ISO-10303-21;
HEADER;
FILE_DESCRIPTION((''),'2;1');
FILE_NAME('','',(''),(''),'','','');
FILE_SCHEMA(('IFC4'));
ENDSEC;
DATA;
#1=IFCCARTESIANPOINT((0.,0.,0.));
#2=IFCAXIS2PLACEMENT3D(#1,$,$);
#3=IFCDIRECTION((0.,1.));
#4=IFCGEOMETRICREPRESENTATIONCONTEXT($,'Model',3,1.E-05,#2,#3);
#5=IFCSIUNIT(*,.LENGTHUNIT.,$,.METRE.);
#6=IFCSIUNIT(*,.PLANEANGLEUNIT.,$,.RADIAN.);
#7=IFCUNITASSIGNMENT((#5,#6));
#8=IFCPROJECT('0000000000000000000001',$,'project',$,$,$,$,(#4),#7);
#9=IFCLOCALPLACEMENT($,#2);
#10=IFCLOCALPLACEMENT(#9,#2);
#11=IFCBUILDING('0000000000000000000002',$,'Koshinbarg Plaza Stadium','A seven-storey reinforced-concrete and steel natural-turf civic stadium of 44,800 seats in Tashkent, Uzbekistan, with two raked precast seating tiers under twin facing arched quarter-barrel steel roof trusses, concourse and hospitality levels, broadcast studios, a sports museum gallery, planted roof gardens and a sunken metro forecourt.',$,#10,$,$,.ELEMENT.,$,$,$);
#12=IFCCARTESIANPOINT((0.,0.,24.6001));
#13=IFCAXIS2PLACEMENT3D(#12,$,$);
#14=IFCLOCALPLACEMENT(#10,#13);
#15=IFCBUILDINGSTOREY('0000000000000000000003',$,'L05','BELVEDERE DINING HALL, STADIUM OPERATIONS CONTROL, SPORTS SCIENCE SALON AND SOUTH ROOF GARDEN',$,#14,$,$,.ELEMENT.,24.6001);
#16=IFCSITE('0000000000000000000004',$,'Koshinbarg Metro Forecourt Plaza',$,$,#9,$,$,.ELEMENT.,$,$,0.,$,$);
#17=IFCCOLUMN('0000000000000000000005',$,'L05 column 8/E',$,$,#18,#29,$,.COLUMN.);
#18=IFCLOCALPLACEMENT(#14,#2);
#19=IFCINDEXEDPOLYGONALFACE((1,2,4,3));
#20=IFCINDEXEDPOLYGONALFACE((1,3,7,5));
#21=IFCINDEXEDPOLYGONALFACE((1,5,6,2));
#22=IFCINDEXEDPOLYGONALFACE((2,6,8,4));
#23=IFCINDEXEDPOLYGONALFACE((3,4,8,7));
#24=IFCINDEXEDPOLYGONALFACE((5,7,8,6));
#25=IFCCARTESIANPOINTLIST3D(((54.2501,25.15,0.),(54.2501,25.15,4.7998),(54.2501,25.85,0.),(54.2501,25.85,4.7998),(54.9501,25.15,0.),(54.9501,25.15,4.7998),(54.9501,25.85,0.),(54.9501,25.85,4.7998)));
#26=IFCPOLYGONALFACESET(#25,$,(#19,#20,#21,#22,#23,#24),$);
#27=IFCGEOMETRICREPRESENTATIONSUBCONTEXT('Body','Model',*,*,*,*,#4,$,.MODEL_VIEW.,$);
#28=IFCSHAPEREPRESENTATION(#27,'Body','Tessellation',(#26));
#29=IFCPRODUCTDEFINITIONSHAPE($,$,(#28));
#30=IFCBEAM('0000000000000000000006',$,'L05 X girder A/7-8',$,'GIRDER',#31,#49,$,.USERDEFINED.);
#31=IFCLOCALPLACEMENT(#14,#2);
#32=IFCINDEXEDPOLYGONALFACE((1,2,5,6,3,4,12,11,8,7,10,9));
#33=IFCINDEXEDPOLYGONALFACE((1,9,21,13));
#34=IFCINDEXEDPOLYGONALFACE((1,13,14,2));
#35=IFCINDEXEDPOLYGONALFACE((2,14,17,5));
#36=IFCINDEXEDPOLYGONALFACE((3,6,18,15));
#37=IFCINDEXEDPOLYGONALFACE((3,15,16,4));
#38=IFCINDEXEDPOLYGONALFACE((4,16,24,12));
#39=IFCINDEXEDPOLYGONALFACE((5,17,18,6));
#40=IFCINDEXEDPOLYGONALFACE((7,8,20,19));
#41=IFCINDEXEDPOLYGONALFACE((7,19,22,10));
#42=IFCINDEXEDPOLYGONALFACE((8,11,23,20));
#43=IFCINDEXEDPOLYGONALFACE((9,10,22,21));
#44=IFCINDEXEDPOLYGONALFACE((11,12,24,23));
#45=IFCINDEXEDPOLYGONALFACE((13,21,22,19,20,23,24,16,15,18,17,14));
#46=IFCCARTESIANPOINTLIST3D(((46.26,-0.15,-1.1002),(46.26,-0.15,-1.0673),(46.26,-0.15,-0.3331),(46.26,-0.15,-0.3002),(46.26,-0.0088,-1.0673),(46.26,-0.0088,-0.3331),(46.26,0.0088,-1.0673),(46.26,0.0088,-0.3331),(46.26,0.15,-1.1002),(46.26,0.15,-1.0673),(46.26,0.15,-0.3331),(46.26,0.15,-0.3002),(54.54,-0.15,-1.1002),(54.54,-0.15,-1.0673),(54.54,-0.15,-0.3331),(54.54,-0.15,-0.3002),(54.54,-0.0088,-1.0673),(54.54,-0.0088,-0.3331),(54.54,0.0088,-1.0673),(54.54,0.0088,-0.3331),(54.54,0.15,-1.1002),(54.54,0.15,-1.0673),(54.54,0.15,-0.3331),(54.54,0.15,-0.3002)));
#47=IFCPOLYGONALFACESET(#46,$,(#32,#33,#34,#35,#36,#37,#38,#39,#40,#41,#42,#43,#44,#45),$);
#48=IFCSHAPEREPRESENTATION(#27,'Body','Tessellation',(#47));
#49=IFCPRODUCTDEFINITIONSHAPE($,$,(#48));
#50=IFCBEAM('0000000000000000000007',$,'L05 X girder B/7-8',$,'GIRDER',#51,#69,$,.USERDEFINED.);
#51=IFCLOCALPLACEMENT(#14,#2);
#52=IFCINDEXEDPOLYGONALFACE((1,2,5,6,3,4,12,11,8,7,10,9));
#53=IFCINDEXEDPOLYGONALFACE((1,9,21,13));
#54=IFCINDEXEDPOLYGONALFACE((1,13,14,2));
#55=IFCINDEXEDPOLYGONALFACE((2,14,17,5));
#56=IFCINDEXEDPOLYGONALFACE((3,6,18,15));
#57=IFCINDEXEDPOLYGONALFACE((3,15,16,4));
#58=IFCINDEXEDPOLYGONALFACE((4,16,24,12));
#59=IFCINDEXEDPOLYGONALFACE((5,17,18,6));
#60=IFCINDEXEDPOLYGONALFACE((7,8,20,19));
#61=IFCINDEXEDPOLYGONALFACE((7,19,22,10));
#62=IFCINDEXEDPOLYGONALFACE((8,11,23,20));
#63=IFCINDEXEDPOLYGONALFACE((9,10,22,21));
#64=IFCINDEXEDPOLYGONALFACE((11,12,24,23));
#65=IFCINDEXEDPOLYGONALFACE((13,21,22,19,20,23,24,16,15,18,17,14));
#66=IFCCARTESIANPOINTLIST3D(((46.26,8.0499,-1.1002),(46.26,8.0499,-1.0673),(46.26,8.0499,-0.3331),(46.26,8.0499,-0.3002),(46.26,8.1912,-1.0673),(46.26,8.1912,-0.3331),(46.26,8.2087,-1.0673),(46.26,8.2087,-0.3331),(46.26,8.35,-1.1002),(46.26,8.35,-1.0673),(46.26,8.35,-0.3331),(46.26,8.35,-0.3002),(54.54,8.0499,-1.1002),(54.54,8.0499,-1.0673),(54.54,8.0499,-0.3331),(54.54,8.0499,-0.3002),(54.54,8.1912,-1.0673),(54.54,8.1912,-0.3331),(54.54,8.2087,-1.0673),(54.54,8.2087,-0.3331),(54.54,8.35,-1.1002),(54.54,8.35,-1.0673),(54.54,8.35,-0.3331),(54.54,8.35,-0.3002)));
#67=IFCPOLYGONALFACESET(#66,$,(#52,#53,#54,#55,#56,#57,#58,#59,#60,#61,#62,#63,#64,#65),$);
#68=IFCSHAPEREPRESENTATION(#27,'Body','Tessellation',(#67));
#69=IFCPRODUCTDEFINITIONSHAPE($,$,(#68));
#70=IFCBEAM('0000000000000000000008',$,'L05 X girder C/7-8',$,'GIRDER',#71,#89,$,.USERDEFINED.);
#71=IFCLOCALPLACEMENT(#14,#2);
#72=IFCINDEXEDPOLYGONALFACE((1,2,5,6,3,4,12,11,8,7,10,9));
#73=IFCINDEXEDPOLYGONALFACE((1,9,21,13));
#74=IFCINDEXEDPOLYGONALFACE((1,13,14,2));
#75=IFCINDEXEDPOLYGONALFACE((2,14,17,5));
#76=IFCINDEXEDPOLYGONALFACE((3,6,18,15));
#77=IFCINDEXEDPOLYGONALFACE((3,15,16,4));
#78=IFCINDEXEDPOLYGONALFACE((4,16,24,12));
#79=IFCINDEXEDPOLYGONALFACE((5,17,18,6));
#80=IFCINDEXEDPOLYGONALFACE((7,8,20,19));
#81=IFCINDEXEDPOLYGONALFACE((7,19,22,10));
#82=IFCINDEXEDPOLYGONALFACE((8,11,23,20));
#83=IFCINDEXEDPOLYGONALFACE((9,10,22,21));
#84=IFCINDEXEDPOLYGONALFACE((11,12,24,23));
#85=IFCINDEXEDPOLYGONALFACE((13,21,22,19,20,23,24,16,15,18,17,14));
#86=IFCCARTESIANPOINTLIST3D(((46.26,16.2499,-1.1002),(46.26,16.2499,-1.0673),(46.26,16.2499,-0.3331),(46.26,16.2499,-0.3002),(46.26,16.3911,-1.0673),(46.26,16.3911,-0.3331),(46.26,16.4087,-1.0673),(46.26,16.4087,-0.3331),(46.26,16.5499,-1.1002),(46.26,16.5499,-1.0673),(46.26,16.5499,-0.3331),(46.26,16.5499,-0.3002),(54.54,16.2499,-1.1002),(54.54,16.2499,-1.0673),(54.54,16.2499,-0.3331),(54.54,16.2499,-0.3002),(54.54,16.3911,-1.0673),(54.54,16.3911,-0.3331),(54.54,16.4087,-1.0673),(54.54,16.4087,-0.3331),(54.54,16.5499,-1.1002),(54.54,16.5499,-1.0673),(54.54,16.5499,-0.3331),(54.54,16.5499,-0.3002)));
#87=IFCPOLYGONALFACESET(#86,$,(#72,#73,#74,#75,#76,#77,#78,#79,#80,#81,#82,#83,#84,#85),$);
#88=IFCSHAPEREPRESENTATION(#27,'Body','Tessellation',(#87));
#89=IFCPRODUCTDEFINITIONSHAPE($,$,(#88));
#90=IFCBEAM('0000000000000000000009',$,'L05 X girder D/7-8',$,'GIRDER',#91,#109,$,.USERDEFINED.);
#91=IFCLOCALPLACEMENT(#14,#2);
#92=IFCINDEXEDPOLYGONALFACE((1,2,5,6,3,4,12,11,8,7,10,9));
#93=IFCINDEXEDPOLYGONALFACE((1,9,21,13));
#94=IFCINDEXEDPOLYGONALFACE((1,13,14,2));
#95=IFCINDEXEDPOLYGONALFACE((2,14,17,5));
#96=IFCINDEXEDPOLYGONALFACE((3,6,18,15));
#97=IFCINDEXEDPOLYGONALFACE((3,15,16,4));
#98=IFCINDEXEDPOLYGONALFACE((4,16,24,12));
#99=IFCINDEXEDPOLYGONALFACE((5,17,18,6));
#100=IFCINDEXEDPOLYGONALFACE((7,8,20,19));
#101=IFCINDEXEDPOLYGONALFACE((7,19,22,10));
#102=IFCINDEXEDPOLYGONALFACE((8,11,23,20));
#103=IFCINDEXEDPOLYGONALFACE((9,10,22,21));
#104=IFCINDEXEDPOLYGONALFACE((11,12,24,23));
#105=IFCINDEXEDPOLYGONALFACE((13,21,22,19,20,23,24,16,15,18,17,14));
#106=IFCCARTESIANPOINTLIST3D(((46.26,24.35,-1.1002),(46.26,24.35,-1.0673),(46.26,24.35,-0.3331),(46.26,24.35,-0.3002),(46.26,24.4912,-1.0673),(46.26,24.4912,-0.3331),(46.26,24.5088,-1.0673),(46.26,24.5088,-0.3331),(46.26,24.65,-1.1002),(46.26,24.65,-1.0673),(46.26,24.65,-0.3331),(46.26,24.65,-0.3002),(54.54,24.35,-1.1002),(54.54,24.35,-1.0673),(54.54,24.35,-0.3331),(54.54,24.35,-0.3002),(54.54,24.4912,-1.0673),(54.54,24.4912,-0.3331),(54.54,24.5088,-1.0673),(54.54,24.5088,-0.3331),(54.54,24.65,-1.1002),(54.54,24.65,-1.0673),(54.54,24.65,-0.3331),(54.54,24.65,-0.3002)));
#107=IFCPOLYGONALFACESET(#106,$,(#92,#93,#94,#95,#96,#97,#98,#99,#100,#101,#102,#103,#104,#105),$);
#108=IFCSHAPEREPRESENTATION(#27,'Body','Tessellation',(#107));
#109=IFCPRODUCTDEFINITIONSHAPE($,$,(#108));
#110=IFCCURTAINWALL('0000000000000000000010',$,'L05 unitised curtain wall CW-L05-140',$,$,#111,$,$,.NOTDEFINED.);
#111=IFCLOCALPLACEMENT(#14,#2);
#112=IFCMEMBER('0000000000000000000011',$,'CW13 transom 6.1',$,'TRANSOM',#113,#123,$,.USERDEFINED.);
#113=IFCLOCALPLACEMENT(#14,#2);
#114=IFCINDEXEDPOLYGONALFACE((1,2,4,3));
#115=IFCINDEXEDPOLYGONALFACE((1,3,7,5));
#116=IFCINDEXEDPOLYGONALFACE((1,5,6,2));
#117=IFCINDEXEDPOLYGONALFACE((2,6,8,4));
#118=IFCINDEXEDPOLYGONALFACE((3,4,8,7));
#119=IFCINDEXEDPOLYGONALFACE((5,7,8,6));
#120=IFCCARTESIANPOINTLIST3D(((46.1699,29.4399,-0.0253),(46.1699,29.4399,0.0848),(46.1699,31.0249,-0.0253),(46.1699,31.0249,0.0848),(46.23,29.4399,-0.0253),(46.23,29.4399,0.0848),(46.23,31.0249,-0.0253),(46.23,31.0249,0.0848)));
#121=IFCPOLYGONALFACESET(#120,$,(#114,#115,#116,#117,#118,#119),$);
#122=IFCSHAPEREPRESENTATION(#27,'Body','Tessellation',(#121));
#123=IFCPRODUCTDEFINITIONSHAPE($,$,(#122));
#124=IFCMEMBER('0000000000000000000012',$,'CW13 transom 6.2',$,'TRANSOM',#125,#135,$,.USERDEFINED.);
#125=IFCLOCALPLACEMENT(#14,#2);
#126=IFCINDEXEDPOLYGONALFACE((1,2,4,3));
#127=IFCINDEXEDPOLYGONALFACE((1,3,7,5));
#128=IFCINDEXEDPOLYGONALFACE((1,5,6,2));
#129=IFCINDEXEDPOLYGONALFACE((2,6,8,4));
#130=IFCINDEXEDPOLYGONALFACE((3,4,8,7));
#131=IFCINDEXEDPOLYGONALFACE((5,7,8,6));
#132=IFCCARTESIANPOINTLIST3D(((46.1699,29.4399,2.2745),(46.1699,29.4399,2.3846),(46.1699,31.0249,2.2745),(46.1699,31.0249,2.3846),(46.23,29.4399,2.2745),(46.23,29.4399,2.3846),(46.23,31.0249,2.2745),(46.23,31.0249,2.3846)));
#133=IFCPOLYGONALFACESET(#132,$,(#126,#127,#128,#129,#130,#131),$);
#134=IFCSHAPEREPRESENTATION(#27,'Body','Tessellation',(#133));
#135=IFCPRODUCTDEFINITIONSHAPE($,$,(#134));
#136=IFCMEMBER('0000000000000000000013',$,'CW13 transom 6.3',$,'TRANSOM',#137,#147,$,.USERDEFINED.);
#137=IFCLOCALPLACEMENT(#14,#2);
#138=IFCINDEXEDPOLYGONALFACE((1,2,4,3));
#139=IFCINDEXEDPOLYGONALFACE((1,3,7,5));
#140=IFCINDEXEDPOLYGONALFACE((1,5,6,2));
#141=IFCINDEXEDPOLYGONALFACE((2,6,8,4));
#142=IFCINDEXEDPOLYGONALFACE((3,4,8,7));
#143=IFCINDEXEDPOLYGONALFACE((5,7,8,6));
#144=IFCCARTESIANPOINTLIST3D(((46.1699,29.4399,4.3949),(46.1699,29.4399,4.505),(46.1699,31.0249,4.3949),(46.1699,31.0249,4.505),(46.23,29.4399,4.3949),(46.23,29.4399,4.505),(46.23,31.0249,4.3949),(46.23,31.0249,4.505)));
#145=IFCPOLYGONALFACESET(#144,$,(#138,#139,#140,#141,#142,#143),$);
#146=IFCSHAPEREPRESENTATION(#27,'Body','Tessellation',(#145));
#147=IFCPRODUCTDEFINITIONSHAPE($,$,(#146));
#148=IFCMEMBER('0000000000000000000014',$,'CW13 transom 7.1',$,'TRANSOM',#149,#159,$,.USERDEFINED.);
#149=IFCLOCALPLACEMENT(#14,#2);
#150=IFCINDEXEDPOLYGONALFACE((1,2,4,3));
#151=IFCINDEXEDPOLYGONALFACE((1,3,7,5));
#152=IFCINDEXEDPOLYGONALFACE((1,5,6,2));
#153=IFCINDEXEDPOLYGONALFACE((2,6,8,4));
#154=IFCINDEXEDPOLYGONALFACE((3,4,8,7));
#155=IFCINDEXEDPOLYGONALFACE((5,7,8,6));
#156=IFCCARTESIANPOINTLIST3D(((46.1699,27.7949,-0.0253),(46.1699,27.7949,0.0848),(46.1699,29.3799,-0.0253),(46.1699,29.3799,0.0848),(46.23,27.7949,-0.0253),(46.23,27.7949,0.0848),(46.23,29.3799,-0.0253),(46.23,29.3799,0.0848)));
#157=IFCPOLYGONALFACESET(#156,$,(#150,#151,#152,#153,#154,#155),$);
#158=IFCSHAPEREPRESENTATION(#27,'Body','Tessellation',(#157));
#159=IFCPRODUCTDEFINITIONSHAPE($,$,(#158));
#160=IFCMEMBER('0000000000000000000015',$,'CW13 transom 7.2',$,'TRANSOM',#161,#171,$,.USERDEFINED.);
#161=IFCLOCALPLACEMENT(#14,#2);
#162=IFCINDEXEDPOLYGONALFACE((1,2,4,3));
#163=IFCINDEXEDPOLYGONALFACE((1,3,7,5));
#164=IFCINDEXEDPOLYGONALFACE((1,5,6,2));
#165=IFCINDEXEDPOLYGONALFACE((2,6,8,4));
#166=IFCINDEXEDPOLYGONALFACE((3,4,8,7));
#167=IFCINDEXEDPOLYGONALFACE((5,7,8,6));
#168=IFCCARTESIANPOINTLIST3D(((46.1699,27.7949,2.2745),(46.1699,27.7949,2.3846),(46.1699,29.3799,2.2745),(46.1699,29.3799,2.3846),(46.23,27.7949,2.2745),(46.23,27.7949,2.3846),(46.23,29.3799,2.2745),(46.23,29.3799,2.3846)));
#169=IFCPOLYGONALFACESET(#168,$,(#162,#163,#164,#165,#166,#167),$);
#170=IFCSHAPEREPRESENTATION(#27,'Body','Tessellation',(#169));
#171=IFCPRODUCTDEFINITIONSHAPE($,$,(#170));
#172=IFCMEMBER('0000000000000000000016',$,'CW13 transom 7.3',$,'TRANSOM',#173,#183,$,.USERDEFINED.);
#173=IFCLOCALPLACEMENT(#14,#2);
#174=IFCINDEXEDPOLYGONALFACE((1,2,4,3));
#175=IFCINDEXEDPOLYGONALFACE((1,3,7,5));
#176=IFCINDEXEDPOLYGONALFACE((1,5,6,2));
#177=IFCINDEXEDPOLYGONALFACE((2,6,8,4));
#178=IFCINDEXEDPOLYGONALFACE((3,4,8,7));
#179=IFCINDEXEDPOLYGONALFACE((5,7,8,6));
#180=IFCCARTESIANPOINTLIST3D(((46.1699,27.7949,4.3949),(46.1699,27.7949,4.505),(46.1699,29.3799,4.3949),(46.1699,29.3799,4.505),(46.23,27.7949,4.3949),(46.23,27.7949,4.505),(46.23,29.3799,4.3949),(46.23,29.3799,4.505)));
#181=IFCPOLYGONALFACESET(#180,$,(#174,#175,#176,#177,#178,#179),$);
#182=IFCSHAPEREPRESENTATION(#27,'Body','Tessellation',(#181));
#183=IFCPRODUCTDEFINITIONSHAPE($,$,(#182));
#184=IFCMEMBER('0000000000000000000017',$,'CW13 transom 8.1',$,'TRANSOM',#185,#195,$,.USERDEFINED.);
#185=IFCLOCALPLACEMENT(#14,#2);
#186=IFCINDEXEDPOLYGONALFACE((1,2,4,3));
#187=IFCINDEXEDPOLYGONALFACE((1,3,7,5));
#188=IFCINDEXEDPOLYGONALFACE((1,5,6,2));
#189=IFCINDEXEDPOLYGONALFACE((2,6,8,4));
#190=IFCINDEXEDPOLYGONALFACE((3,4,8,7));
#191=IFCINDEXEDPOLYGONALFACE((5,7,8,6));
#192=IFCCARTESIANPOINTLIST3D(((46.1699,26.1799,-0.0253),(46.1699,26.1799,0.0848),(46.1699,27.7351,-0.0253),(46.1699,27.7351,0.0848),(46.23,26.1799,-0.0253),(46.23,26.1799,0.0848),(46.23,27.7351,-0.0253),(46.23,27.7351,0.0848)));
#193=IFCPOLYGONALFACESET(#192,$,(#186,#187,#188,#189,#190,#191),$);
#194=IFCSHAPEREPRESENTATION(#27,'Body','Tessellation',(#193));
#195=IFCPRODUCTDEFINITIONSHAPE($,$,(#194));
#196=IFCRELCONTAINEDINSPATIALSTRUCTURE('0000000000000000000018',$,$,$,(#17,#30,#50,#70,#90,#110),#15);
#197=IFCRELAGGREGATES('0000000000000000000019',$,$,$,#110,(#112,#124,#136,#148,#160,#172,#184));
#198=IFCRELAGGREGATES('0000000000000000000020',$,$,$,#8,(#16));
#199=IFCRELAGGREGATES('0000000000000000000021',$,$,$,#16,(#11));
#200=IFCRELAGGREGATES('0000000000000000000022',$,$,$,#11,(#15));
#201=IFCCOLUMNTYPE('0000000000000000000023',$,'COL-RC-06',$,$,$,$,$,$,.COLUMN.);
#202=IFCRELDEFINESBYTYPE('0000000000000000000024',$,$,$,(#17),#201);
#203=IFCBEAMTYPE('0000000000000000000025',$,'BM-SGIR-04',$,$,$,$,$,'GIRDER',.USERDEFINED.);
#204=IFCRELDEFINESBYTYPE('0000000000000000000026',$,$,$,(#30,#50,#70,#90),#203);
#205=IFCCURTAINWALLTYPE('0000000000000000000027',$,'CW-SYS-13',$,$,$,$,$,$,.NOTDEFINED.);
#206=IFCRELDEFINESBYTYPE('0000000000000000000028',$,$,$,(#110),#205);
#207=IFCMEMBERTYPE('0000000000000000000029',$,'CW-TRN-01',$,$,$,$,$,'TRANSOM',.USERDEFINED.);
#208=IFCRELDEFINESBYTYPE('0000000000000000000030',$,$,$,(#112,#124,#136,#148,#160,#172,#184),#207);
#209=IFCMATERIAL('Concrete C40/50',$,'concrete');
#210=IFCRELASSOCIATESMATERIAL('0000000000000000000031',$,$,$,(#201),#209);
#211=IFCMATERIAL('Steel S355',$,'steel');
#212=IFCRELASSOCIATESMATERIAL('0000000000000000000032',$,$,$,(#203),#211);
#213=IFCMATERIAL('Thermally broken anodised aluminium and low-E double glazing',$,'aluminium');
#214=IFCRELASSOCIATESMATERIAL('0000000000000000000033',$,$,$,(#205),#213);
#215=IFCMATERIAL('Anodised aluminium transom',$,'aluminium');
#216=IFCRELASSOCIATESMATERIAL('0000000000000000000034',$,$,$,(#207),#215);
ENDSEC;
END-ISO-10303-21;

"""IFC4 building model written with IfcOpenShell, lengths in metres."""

from ifc_helpers import new_model, si_unit, direction, frame, origin, origin_2d, place, context, subcontext, project, spatial, rectangle, i_section, extrude, material, material_profile, profile_set, type_object, element, aggregate, save


model = new_model("IFC4")

# Units and contexts
model_context = context("Model", 3, precision=1e-05, world=origin(), true_north=direction((0.0, 1.0)))
body_context = subcontext(model_context, "Body", "Model", "MODEL_VIEW")
ifc_project = project(units=[si_unit("LENGTHUNIT", "METRE"), si_unit("PLANEANGLEUNIT", "RADIAN")], contexts=[model_context])

# Site, building, storey
site_placement = place(None, origin())
site = spatial("IfcSite", under=ifc_project, at=site_placement, Name="Koshinbarg Metro Forecourt Plaza", CompositionType="ELEMENT", RefElevation=0.0)
building_placement = place(site_placement, origin())
building = spatial("IfcBuilding", under=site, at=building_placement, Name="Koshinbarg Plaza Stadium", Description="A seven-storey reinforced-concrete and steel natural-turf civic stadium of 44,800 seats in Tashkent, Uzbekistan, with two raked precast seating tiers under twin facing arched quarter-barrel steel roof trusses, concourse and hospitality levels, broadcast studios, a sports museum gallery, planted roof gardens and a sunken metro forecourt.", CompositionType="ELEMENT")
storey_placement = place(building_placement, frame((0.0, 0.0, 24.6001)))
storey = spatial("IfcBuildingStorey", under=building, at=storey_placement, Name="L05", Description="BELVEDERE DINING HALL, STADIUM OPERATIONS CONTROL, SPORTS SCIENCE SALON AND SOUTH ROOF GARDEN", CompositionType="ELEMENT", Elevation=24.6001)

# Column
ifc_material_1 = material(Name="Concrete C40/50", Category="concrete")
ifc_material_profile_1 = material_profile(ifc_material_1, rectangle(XDim=0.7, YDim=0.7, at=origin_2d()), Name="RC 700x700")
ifc_profile_set_1 = profile_set([ifc_material_profile_1], Name="Concrete C40/50")
column_type = type_object("IfcColumnType", Name="COL-RC-06", PredefinedType="COLUMN", material=ifc_profile_set_1)
column_placement = place(storey_placement, frame((54.6001, 25.5, 0.0), z_axis=(0.0, 0.0, 1.0), x_axis=(1.0, 0.0, 0.0)))
element("IfcColumn", 1, at=column_placement, inside=storey, type_object=column_type, Name="L05 column 8/E", PredefinedType="COLUMN", context=body_context, shape_type="SweptSolid", body=[
    extrude(rectangle(XDim=0.7, YDim=0.7, at=origin_2d()), origin(), (0.0, 0.0, 1.0), 4.7998),
])

# Beams
ifc_material_2 = material(Name="Steel S355", Category="steel")
ifc_material_profile_2 = material_profile(ifc_material_2, i_section(OverallWidth=0.3, OverallDepth=0.8, WebThickness=0.0176, FlangeThickness=0.033, at=origin_2d()), Name="HEB 800")
ifc_profile_set_2 = profile_set([ifc_material_profile_2], Name="Steel S355")
beam_type = type_object("IfcBeamType", Name="BM-SGIR-04", ElementType="GIRDER", PredefinedType="USERDEFINED", material=ifc_profile_set_2)
for number, where, z_axis, x_axis, name in (
    (2, (46.26, 0.0, -0.7002), (1.0, 0.0, 0.0), (0.0, 1.0, 0.0), "L05 X girder A/7-8"),
    (3, (46.26, 8.2, -0.7002), (1.0, 0.0, 0.0), (0.0, 1.0, 0.0), "L05 X girder B/7-8"),
    (4, (46.26, 16.3999, -0.7002), (1.0, 0.0, 0.0), (0.0, 1.0, 0.0), "L05 X girder C/7-8"),
    (5, (46.26, 24.5, -0.7002), (1.0, 0.0, 0.0), (0.0, 1.0, 0.0), "L05 X girder D/7-8"),
):
    element("IfcBeam", number, at=place(storey_placement, frame(where, z_axis=z_axis, x_axis=x_axis)), inside=storey, type_object=beam_type, Name=name, ObjectType="GIRDER", PredefinedType="USERDEFINED", context=body_context, shape_type="SweptSolid", body=[
        extrude(i_section(OverallWidth=0.3, OverallDepth=0.8, WebThickness=0.0176, FlangeThickness=0.033, at=origin_2d()), origin(), (0.0, 0.0, 1.0), 8.28),
    ])

# Curtain wall, members
ifc_material_3 = material(Name="Thermally broken anodised aluminium and low-E double glazing", Category="aluminium")
curtain_wall_type = type_object("IfcCurtainWallType", Name="CW-SYS-13", PredefinedType="NOTDEFINED", material=ifc_material_3)
curtain_wall_placement = place(storey_placement, origin())
curtain_wall = element("IfcCurtainWall", 6, at=curtain_wall_placement, inside=storey, type_object=curtain_wall_type, Name="L05 unitised curtain wall CW-L05-140", PredefinedType="NOTDEFINED")
ifc_material_4 = material(Name="Anodised aluminium transom", Category="aluminium")
ifc_material_profile_3 = material_profile(ifc_material_4, rectangle(XDim=0.0601, YDim=0.1101, at=origin_2d()), Name="ALU 60x110")
ifc_profile_set_3 = profile_set([ifc_material_profile_3], Name="Anodised aluminium transom")
member_type = type_object("IfcMemberType", Name="CW-TRN-01", ElementType="TRANSOM", PredefinedType="USERDEFINED", material=ifc_profile_set_3)
member_1_placement = place(storey_placement, frame((46.2, 31.0249, 0.0298), z_axis=(0.0, -1.0, 0.0), x_axis=(1.0, 0.0, 0.0)))
member_1 = element("IfcMember", 7, at=member_1_placement, type_object=member_type, Name="CW13 transom 6.1", ObjectType="TRANSOM", PredefinedType="USERDEFINED", context=body_context, shape_type="SweptSolid", body=[
    extrude(rectangle(XDim=0.0601, YDim=0.1101, at=origin_2d()), origin(), (0.0, 0.0, 1.0), 1.585),
])
member_2_placement = place(storey_placement, frame((46.2, 31.0249, 2.3296), z_axis=(0.0, -1.0, 0.0), x_axis=(1.0, 0.0, 0.0)))
member_2 = element("IfcMember", 8, at=member_2_placement, type_object=member_type, Name="CW13 transom 6.2", ObjectType="TRANSOM", PredefinedType="USERDEFINED", context=body_context, shape_type="SweptSolid", body=[
    extrude(rectangle(XDim=0.0601, YDim=0.1101, at=origin_2d()), origin(), (0.0, 0.0, 1.0), 1.585),
])
member_3_placement = place(storey_placement, frame((46.2, 31.0249, 4.45), z_axis=(0.0, -1.0, 0.0), x_axis=(1.0, 0.0, 0.0)))
member_3 = element("IfcMember", 9, at=member_3_placement, type_object=member_type, Name="CW13 transom 6.3", ObjectType="TRANSOM", PredefinedType="USERDEFINED", context=body_context, shape_type="SweptSolid", body=[
    extrude(rectangle(XDim=0.0601, YDim=0.1101, at=origin_2d()), origin(), (0.0, 0.0, 1.0), 1.585),
])
member_4_placement = place(storey_placement, frame((46.2, 29.3799, 0.0298), z_axis=(0.0, -1.0, 0.0), x_axis=(1.0, 0.0, 0.0)))
member_4 = element("IfcMember", 10, at=member_4_placement, type_object=member_type, Name="CW13 transom 7.1", ObjectType="TRANSOM", PredefinedType="USERDEFINED", context=body_context, shape_type="SweptSolid", body=[
    extrude(rectangle(XDim=0.0601, YDim=0.1101, at=origin_2d()), origin(), (0.0, 0.0, 1.0), 1.585),
])
member_5_placement = place(storey_placement, frame((46.2, 29.3799, 2.3296), z_axis=(0.0, -1.0, 0.0), x_axis=(1.0, 0.0, 0.0)))
member_5 = element("IfcMember", 11, at=member_5_placement, type_object=member_type, Name="CW13 transom 7.2", ObjectType="TRANSOM", PredefinedType="USERDEFINED", context=body_context, shape_type="SweptSolid", body=[
    extrude(rectangle(XDim=0.0601, YDim=0.1101, at=origin_2d()), origin(), (0.0, 0.0, 1.0), 1.585),
])
member_6_placement = place(storey_placement, frame((46.2, 29.3799, 4.45), z_axis=(0.0, -1.0, 0.0), x_axis=(1.0, 0.0, 0.0)))
member_6 = element("IfcMember", 12, at=member_6_placement, type_object=member_type, Name="CW13 transom 7.3", ObjectType="TRANSOM", PredefinedType="USERDEFINED", context=body_context, shape_type="SweptSolid", body=[
    extrude(rectangle(XDim=0.0601, YDim=0.1101, at=origin_2d()), origin(), (0.0, 0.0, 1.0), 1.585),
])
member_7_placement = place(storey_placement, frame((46.2, 27.7351, 0.0298), z_axis=(0.0, -1.0, 0.0), x_axis=(1.0, 0.0, 0.0)))
member_7 = element("IfcMember", 13, at=member_7_placement, type_object=member_type, Name="CW13 transom 8.1", ObjectType="TRANSOM", PredefinedType="USERDEFINED", context=body_context, shape_type="SweptSolid", body=[
    extrude(rectangle(XDim=0.0601, YDim=0.1101, at=origin_2d()), origin(), (0.0, 0.0, 1.0), 1.5552),
])
aggregate(curtain_wall, [member_1, member_2, member_3, member_4, member_5, member_6, member_7])

save(model, "model.ifc")
